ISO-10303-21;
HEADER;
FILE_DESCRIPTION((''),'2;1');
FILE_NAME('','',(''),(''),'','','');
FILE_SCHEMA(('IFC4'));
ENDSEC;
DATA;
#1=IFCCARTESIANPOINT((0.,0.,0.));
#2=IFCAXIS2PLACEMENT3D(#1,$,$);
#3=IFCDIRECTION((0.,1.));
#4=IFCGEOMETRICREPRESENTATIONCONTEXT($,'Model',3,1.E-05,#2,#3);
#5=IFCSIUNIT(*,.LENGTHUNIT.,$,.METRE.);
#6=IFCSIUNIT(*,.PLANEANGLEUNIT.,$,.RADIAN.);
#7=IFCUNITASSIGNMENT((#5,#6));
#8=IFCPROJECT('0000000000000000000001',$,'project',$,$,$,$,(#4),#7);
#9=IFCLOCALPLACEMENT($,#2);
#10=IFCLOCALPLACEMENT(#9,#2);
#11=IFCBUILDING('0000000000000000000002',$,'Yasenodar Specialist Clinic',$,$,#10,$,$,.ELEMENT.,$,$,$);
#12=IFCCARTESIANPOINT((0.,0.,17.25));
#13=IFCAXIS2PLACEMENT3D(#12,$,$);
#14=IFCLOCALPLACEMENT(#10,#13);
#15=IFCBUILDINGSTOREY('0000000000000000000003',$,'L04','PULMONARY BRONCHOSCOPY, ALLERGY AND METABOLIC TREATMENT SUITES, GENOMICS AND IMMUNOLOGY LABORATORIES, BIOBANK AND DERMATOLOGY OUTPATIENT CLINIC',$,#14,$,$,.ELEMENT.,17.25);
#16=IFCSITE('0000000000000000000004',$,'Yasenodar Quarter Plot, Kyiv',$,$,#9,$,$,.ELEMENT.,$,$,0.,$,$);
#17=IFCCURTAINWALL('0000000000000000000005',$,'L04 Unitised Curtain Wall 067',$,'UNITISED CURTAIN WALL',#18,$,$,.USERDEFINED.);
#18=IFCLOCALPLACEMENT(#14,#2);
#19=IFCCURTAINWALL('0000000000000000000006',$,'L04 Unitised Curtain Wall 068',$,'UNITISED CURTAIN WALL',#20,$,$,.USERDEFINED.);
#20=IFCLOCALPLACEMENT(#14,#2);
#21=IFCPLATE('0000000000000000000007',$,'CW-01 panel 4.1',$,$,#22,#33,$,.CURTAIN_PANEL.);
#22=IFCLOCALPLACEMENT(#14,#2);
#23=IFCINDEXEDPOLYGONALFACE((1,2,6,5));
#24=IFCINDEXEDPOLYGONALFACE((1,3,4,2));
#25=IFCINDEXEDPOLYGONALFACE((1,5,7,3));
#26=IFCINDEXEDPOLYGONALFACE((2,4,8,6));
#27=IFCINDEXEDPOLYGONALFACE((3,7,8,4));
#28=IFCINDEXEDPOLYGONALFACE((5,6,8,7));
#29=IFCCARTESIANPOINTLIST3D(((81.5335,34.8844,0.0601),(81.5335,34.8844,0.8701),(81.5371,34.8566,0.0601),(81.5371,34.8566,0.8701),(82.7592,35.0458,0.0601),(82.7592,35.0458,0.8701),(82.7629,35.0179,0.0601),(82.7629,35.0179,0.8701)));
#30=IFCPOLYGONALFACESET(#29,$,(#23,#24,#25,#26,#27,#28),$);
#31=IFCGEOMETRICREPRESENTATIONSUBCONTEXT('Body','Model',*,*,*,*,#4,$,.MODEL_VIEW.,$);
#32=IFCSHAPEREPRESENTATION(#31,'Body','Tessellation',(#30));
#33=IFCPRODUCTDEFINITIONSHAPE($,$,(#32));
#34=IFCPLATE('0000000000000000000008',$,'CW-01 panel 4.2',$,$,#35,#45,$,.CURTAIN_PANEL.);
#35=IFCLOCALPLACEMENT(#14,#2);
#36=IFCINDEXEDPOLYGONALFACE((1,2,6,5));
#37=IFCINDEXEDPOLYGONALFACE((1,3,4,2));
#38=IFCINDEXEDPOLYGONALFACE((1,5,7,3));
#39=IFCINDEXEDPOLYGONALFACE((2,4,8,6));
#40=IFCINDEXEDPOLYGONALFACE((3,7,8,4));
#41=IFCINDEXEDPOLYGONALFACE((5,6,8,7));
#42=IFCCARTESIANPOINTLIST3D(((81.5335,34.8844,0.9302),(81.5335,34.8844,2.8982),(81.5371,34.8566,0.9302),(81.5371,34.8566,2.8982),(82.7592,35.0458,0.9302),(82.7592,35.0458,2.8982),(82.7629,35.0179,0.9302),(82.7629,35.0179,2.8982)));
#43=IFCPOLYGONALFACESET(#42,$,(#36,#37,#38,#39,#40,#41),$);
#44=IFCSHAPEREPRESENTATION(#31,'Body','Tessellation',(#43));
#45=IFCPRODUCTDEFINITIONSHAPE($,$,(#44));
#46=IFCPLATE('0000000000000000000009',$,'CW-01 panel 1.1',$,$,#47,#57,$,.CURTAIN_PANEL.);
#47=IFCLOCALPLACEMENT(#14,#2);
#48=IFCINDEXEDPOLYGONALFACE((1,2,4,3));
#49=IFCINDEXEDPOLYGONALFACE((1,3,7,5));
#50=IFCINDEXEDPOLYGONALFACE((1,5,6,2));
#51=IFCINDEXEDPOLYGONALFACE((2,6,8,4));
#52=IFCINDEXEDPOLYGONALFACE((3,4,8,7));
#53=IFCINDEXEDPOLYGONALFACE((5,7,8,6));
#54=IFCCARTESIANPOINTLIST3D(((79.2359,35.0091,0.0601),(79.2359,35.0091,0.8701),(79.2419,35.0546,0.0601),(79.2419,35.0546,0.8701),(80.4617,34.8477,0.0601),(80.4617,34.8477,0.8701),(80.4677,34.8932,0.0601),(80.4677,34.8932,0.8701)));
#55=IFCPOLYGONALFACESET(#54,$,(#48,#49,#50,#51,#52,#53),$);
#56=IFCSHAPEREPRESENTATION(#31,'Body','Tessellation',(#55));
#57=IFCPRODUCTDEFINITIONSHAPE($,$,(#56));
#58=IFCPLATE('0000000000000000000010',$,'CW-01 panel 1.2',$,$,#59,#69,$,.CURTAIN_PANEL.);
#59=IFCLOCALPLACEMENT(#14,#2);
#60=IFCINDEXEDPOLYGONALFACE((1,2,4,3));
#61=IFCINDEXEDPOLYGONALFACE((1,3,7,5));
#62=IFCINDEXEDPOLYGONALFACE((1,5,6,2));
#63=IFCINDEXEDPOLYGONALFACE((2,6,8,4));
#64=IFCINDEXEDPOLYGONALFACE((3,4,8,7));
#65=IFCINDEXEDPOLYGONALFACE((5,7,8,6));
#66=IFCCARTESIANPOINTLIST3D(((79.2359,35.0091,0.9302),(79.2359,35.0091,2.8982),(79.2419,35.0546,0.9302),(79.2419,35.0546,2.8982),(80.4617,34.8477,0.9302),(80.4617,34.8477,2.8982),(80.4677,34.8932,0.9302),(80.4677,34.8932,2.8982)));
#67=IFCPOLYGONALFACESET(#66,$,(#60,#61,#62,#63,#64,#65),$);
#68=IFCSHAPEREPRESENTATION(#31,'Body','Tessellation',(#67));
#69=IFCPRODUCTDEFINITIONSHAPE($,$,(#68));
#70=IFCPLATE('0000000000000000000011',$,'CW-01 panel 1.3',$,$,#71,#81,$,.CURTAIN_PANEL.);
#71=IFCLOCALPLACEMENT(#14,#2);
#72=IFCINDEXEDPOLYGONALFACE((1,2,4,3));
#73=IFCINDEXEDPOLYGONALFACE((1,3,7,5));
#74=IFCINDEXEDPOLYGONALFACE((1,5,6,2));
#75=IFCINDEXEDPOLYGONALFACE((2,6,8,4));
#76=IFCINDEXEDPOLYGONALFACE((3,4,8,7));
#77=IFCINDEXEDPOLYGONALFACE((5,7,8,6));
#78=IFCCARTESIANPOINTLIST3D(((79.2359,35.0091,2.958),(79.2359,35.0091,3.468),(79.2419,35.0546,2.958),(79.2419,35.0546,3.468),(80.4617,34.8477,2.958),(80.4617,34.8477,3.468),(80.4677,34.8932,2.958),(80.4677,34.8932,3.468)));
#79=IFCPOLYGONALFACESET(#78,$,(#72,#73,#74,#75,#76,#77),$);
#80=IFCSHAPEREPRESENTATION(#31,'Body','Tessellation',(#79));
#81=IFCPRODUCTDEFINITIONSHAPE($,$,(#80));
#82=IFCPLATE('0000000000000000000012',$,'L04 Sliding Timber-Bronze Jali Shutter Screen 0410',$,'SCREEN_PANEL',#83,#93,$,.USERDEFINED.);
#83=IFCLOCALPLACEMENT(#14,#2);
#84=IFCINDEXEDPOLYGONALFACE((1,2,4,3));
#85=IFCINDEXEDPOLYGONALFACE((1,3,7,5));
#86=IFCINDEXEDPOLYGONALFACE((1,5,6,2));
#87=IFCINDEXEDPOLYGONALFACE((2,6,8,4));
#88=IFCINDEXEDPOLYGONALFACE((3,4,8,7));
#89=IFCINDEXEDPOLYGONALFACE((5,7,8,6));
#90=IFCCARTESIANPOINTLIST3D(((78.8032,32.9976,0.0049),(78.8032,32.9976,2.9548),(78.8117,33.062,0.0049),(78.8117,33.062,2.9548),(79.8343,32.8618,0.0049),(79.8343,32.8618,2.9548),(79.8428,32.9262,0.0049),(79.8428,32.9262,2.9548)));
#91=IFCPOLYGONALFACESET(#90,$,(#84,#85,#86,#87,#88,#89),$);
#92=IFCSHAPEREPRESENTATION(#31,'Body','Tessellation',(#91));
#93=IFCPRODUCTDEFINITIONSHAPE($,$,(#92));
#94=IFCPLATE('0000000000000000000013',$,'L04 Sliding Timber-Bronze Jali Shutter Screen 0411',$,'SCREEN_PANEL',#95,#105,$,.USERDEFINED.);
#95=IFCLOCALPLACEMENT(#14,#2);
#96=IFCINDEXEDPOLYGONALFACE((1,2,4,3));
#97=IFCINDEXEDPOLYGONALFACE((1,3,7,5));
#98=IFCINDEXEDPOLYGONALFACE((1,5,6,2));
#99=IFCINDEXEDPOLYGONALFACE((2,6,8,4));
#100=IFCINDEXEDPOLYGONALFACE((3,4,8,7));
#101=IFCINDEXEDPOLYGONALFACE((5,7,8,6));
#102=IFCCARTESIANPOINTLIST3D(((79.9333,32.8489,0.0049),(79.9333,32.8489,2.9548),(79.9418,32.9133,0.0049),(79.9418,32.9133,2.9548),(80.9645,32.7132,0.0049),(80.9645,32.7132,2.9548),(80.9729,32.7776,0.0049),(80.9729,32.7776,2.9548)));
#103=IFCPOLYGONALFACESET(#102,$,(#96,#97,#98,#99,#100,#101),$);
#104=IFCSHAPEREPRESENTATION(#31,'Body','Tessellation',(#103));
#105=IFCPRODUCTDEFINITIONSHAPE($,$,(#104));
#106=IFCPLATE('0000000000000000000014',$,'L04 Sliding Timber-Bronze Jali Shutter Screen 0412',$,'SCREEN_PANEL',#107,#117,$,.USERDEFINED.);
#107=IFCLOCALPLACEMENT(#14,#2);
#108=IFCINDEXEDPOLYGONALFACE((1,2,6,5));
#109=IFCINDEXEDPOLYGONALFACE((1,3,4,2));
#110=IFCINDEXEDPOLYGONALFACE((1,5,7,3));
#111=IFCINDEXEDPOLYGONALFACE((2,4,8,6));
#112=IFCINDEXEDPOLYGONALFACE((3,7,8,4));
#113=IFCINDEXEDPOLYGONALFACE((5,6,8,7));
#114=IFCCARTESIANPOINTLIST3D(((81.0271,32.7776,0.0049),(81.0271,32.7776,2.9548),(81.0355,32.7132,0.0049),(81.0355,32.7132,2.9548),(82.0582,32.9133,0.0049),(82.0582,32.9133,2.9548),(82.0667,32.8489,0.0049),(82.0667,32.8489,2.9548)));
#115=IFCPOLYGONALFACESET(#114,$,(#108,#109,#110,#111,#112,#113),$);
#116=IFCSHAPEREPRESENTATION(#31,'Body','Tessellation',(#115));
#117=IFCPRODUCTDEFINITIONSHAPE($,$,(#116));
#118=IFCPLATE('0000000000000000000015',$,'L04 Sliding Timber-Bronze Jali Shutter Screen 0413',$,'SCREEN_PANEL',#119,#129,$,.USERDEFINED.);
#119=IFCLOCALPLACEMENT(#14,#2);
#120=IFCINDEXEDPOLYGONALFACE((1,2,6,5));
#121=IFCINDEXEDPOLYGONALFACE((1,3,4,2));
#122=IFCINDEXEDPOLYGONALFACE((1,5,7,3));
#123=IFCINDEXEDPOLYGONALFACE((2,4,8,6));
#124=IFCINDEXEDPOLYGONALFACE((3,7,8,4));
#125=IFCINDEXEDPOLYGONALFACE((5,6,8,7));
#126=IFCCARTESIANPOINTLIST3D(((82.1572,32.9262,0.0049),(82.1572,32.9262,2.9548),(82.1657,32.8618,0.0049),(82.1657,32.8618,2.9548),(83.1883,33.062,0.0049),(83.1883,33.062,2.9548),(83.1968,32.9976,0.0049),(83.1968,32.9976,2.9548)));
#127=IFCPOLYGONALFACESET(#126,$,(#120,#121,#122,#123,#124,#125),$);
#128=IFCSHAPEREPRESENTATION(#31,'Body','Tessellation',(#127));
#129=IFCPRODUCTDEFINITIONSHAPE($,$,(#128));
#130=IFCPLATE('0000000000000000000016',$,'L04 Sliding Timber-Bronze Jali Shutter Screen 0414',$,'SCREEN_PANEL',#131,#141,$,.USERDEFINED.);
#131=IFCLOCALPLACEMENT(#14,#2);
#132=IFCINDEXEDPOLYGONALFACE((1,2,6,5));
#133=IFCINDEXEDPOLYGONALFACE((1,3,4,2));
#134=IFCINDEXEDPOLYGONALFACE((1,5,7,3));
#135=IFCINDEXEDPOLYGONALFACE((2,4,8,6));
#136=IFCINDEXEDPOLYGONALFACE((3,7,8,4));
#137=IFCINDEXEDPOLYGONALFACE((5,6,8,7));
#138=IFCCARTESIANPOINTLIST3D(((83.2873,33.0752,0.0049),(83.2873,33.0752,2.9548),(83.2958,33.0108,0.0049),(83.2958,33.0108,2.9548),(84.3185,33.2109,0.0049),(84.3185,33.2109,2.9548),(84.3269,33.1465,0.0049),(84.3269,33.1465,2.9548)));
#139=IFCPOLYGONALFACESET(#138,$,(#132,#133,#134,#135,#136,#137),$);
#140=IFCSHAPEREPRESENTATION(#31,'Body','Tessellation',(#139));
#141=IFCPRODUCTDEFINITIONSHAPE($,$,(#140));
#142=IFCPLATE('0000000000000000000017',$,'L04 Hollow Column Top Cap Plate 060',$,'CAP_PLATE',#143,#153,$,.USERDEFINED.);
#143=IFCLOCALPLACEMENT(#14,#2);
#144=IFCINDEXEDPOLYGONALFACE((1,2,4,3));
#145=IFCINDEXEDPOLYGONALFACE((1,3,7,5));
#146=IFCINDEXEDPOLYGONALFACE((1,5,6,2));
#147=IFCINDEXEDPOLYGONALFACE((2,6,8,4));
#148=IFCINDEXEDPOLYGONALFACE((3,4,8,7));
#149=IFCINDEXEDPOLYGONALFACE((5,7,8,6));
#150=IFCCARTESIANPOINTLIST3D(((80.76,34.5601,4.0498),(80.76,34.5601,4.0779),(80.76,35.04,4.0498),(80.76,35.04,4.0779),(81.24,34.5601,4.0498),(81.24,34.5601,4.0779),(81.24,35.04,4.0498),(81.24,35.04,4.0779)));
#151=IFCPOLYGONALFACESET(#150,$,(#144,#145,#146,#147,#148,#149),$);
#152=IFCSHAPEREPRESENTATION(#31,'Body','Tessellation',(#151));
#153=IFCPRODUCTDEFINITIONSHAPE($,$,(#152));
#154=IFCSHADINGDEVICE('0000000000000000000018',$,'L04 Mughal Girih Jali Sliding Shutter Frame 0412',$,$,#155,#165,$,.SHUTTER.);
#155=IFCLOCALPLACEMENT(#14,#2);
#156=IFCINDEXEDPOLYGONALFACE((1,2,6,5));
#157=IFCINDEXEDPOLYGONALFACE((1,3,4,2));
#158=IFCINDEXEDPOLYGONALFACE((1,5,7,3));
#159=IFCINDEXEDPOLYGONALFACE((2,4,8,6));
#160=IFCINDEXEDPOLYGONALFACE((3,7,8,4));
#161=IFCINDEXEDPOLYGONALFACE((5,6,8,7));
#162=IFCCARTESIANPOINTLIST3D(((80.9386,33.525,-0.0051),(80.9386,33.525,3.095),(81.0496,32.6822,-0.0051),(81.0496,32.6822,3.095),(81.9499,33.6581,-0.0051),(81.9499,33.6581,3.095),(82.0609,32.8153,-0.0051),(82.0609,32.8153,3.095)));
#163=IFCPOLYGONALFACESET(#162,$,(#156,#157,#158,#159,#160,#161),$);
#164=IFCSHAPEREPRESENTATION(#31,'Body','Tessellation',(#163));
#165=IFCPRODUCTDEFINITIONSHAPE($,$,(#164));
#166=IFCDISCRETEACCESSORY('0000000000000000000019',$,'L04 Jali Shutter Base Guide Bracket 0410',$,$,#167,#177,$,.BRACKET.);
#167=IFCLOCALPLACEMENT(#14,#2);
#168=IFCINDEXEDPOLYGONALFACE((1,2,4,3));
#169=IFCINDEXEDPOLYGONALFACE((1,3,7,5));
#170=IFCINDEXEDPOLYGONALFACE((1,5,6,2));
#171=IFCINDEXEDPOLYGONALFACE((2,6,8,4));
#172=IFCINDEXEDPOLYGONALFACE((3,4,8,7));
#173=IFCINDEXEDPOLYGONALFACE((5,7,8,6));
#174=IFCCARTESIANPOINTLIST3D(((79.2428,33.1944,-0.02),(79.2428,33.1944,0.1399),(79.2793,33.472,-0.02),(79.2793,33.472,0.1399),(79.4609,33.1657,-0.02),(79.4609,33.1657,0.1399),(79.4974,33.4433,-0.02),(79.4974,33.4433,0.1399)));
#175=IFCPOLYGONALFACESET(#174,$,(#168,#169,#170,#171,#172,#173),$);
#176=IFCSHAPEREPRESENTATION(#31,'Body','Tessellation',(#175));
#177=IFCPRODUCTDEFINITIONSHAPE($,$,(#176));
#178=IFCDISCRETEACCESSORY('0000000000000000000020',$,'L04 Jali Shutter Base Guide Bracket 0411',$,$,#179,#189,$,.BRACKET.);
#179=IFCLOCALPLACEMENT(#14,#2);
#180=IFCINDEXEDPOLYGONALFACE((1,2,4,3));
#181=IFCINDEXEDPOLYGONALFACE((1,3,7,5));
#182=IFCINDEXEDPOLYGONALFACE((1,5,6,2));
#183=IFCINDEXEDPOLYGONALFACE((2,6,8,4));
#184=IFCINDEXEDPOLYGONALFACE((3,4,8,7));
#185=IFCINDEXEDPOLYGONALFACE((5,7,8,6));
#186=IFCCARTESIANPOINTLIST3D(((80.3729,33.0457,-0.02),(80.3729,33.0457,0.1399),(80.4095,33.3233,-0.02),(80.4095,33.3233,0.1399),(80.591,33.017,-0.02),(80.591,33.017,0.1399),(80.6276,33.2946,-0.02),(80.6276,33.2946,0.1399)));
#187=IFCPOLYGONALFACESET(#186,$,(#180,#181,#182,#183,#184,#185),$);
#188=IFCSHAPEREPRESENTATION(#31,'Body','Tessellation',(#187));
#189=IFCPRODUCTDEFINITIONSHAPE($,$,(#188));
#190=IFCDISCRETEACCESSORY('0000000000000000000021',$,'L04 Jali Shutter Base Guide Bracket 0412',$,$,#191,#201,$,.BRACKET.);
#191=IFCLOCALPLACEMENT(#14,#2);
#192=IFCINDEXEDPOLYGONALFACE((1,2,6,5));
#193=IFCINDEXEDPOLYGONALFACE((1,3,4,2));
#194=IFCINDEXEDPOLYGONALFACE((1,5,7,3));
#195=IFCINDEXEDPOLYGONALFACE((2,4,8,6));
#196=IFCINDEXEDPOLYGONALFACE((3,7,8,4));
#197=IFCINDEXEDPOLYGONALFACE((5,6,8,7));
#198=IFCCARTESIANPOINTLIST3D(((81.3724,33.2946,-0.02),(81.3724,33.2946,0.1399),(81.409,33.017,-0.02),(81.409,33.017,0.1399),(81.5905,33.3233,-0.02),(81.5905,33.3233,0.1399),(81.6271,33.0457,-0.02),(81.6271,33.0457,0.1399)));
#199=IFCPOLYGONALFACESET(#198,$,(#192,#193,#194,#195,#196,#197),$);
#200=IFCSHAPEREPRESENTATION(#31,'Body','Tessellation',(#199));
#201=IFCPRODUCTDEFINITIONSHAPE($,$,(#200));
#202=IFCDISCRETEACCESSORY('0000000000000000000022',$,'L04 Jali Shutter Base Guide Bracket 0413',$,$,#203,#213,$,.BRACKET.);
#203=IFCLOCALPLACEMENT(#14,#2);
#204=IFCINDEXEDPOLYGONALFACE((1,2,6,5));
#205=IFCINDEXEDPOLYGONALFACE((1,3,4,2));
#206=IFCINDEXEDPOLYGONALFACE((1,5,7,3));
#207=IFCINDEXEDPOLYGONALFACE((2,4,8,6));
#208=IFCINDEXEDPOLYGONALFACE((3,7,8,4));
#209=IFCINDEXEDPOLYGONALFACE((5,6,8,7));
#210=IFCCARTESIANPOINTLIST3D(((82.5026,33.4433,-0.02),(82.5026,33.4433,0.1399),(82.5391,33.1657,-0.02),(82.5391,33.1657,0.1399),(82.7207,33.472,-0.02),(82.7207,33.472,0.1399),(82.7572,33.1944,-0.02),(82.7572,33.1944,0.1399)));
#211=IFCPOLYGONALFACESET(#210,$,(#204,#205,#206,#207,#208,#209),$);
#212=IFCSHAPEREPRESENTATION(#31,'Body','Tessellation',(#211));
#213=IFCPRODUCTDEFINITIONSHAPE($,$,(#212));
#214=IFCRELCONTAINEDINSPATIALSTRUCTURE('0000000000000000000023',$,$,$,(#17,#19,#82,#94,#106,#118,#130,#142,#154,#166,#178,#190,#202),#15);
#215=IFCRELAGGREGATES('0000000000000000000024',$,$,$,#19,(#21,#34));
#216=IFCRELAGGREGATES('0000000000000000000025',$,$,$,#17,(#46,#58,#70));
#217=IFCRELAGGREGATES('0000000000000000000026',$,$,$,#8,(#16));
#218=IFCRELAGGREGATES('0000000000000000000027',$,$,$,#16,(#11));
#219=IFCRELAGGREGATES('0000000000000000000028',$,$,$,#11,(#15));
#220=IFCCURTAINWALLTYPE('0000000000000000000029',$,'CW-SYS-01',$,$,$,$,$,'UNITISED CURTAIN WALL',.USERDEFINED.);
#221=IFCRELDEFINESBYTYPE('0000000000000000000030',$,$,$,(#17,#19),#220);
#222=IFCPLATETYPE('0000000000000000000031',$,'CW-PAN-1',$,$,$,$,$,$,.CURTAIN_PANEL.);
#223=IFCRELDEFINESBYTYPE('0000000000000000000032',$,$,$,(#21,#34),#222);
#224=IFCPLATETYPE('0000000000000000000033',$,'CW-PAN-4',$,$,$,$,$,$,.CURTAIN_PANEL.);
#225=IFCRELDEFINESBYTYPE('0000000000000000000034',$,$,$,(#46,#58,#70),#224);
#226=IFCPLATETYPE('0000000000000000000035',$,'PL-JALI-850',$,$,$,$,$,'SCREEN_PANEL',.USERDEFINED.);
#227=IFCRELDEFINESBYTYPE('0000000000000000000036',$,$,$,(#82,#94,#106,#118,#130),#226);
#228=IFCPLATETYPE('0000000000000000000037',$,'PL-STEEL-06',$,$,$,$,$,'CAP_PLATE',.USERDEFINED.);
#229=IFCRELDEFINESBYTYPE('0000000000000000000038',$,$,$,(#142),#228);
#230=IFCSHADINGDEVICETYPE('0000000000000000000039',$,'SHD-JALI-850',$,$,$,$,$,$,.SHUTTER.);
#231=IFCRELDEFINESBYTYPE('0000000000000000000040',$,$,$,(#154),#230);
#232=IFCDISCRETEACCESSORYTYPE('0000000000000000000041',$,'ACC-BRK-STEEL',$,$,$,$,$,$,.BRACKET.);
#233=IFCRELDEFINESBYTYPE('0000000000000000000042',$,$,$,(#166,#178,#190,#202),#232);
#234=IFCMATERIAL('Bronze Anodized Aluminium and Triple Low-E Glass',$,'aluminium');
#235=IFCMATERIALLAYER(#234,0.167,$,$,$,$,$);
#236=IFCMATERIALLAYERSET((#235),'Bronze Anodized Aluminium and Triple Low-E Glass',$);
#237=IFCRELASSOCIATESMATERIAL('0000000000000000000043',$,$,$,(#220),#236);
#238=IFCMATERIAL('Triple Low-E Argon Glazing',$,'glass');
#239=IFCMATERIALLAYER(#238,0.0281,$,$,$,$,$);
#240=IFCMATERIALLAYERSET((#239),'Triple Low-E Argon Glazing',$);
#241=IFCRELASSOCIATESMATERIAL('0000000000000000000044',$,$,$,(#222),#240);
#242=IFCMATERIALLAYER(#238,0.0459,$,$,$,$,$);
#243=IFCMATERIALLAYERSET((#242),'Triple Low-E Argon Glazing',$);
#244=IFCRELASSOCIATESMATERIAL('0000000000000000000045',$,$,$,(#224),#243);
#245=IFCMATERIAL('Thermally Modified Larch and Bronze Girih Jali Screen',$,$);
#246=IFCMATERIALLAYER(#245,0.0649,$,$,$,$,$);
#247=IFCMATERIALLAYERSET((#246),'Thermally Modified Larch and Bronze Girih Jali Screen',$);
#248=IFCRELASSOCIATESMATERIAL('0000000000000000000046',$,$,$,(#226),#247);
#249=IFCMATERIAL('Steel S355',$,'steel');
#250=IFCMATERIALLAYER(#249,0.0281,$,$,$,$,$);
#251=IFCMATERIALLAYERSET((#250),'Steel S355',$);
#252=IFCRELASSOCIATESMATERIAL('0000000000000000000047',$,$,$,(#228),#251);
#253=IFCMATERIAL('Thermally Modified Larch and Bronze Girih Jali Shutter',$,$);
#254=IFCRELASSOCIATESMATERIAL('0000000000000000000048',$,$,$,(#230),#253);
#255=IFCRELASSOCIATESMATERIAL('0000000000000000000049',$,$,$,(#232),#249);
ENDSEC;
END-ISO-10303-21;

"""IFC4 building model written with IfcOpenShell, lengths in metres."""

from ifc_helpers import new_model, si_unit, direction, frame, origin, origin_2d, place, context, subcontext, project, spatial, rectangle, extrude, material, layer, layer_set, type_object, element, aggregate, save


model = new_model("IFC4")

# Units and contexts
model_context = context("Model", 3, precision=1e-05, world=origin(), true_north=direction((0.0, 1.0)))
body_context = subcontext(model_context, "Body", "Model", "MODEL_VIEW")
ifc_project = project(units=[si_unit("LENGTHUNIT", "METRE"), si_unit("PLANEANGLEUNIT", "RADIAN")], contexts=[model_context])

# Site, building, storey
site_placement = place(None, origin())
site = spatial("IfcSite", under=ifc_project, at=site_placement, Name="Yasenodar Quarter Plot, Kyiv", CompositionType="ELEMENT", RefElevation=0.0)
building_placement = place(site_placement, origin())
building = spatial("IfcBuilding", under=site, at=building_placement, Name="Yasenodar Specialist Clinic", CompositionType="ELEMENT")
storey_placement = place(building_placement, frame((0.0, 0.0, 17.25)))
storey = spatial("IfcBuildingStorey", under=building, at=storey_placement, Name="L04", Description="PULMONARY BRONCHOSCOPY, ALLERGY AND METABOLIC TREATMENT SUITES, GENOMICS AND IMMUNOLOGY LABORATORIES, BIOBANK AND DERMATOLOGY OUTPATIENT CLINIC", CompositionType="ELEMENT", Elevation=17.25)

# Shared definitions
ifc_material_1 = material(Name="Steel S355", Category="steel")

# Curtain walls
ifc_material_2 = material(Name="Bronze Anodized Aluminium and Triple Low-E Glass", Category="aluminium")
ifc_layer_1 = layer(ifc_material_2, 0.167)
ifc_layer_set_1 = layer_set([ifc_layer_1], Name="Bronze Anodized Aluminium and Triple Low-E Glass")
curtain_wall_type = type_object("IfcCurtainWallType", Name="CW-SYS-01", ElementType="UNITISED CURTAIN WALL", PredefinedType="USERDEFINED", material=ifc_layer_set_1)
curtain_wall_1_placement = place(storey_placement, origin())
curtain_wall_1 = element("IfcCurtainWall", 1, at=curtain_wall_1_placement, inside=storey, type_object=curtain_wall_type, Name="L04 Unitised Curtain Wall 067", ObjectType="UNITISED CURTAIN WALL", PredefinedType="USERDEFINED")
curtain_wall_2_placement = place(storey_placement, origin())
curtain_wall_2 = element("IfcCurtainWall", 2, at=curtain_wall_2_placement, inside=storey, type_object=curtain_wall_type, Name="L04 Unitised Curtain Wall 068", ObjectType="UNITISED CURTAIN WALL", PredefinedType="USERDEFINED")

# Plates
ifc_material_3 = material(Name="Triple Low-E Argon Glazing", Category="glass")
ifc_layer_2 = layer(ifc_material_3, 0.0281)
ifc_layer_set_2 = layer_set([ifc_layer_2], Name="Triple Low-E Argon Glazing")
plate_type_1 = type_object("IfcPlateType", Name="CW-PAN-1", PredefinedType="CURTAIN_PANEL", material=ifc_layer_set_2)
plate_1_placement = place(storey_placement, frame((82.1482, 34.9512, 0.0601), z_axis=(0.0, 0.0, 1.0), x_axis=(-0.991447, -0.130512, 0.0)))
plate_1 = element("IfcPlate", 3, at=plate_1_placement, type_object=plate_type_1, Name="CW-01 panel 4.1", PredefinedType="CURTAIN_PANEL", context=body_context, shape_type="SweptSolid", body=[
    extrude(rectangle(XDim=1.2363, YDim=0.0281, at=origin_2d()), origin(), (0.0, 0.0, 1.0), 0.8101),
])
plate_2_placement = place(storey_placement, frame((82.1482, 34.9512, 0.9302), z_axis=(0.0, 0.0, 1.0), x_axis=(-0.991447, -0.130512, 0.0)))
plate_2 = element("IfcPlate", 4, at=plate_2_placement, type_object=plate_type_1, Name="CW-01 panel 4.2", PredefinedType="CURTAIN_PANEL", context=body_context, shape_type="SweptSolid", body=[
    extrude(rectangle(XDim=1.2363, YDim=0.0281, at=origin_2d()), origin(), (0.0, 0.0, 1.0), 1.968),
])
aggregate(curtain_wall_2, [plate_1, plate_2])
ifc_layer_3 = layer(ifc_material_3, 0.0459)
ifc_layer_set_3 = layer_set([ifc_layer_3], Name="Triple Low-E Argon Glazing")
plate_type_2 = type_object("IfcPlateType", Name="CW-PAN-4", PredefinedType="CURTAIN_PANEL", material=ifc_layer_set_3)
plate_3_placement = place(storey_placement, frame((79.8518, 34.9512, 0.0601), z_axis=(0.0, 0.0, 1.0), x_axis=(-0.991447, 0.130512, 0.0)))
plate_3 = element("IfcPlate", 5, at=plate_3_placement, type_object=plate_type_2, Name="CW-01 panel 1.1", PredefinedType="CURTAIN_PANEL", context=body_context, shape_type="SweptSolid", body=[
    extrude(rectangle(XDim=1.2363, YDim=0.0459, at=origin_2d()), origin(), (0.0, 0.0, 1.0), 0.8101),
])
plate_4_placement = place(storey_placement, frame((79.8518, 34.9512, 0.9302), z_axis=(0.0, 0.0, 1.0), x_axis=(-0.991447, 0.130512, 0.0)))
plate_4 = element("IfcPlate", 6, at=plate_4_placement, type_object=plate_type_2, Name="CW-01 panel 1.2", PredefinedType="CURTAIN_PANEL", context=body_context, shape_type="SweptSolid", body=[
    extrude(rectangle(XDim=1.2363, YDim=0.0459, at=origin_2d()), origin(), (0.0, 0.0, 1.0), 1.968),
])
plate_5_placement = place(storey_placement, frame((79.8518, 34.9512, 2.958), z_axis=(0.0, 0.0, 1.0), x_axis=(-0.991447, 0.130512, 0.0)))
plate_5 = element("IfcPlate", 7, at=plate_5_placement, type_object=plate_type_2, Name="CW-01 panel 1.3", PredefinedType="CURTAIN_PANEL", context=body_context, shape_type="SweptSolid", body=[
    extrude(rectangle(XDim=1.2363, YDim=0.0459, at=origin_2d()), origin(), (0.0, 0.0, 1.0), 0.51),
])
aggregate(curtain_wall_1, [plate_3, plate_4, plate_5])

# Plates
ifc_material_4 = material(Name="Thermally Modified Larch and Bronze Girih Jali Screen")
ifc_layer_4 = layer(ifc_material_4, 0.0649)
ifc_layer_set_4 = layer_set([ifc_layer_4], Name="Thermally Modified Larch and Bronze Girih Jali Screen")
plate_type_3 = type_object("IfcPlateType", Name="PL-JALI-850", ElementType="SCREEN_PANEL", PredefinedType="USERDEFINED", material=ifc_layer_set_4)
for number, where, z_axis, x_axis, name in (
    (8, (79.323, 32.9619, 0.0049), (0.0, 0.0, 1.0), (0.991446, -0.130519, 0.0), "L04 Sliding Timber-Bronze Jali Shutter Screen 0410"),
    (9, (80.4531, 32.8132, 0.0049), (0.0, 0.0, 1.0), (0.991446, -0.130519, 0.0), "L04 Sliding Timber-Bronze Jali Shutter Screen 0411"),
    (10, (81.5469, 32.8132, 0.0049), (0.0, 0.0, 1.0), (0.991446, 0.130519, 0.0), "L04 Sliding Timber-Bronze Jali Shutter Screen 0412"),
    (11, (82.677, 32.9619, 0.0049), (0.0, 0.0, 1.0), (0.991446, 0.130519, 0.0), "L04 Sliding Timber-Bronze Jali Shutter Screen 0413"),
    (12, (83.8071, 33.1108, 0.0049), (0.0, 0.0, 1.0), (0.991446, 0.130519, 0.0), "L04 Sliding Timber-Bronze Jali Shutter Screen 0414"),
):
    element("IfcPlate", number, at=place(storey_placement, frame(where, z_axis=z_axis, x_axis=x_axis)), inside=storey, type_object=plate_type_3, Name=name, ObjectType="SCREEN_PANEL", PredefinedType="USERDEFINED", context=body_context, shape_type="SweptSolid", body=[
        extrude(rectangle(XDim=1.04, YDim=0.0649, at=origin_2d()), origin(), (0.0, 0.0, 1.0), 2.95),
    ])
ifc_layer_5 = layer(ifc_material_1, 0.0281)
ifc_layer_set_5 = layer_set([ifc_layer_5], Name="Steel S355")
plate_type_4 = type_object("IfcPlateType", Name="PL-STEEL-06", ElementType="CAP_PLATE", PredefinedType="USERDEFINED", material=ifc_layer_set_5)
plate_6_placement = place(storey_placement, frame((81.0, 34.8, 4.0498), z_axis=(0.0, 0.0, 1.0), x_axis=(1.0, 0.0, 0.0)))
element("IfcPlate", 13, at=plate_6_placement, inside=storey, type_object=plate_type_4, Name="L04 Hollow Column Top Cap Plate 060", ObjectType="CAP_PLATE", PredefinedType="USERDEFINED", context=body_context, shape_type="SweptSolid", body=[
    extrude(rectangle(XDim=0.48, YDim=0.48, at=origin_2d()), origin(), (0.0, 0.0, 1.0), 0.0281),
])

# Shading device
ifc_material_5 = material(Name="Thermally Modified Larch and Bronze Girih Jali Shutter")
shading_device_type = type_object("IfcShadingDeviceType", Name="SHD-JALI-850", PredefinedType="SHUTTER", material=ifc_material_5)
shading_device_placement = place(storey_placement, frame((81.4998, 33.1702, -0.0051), z_axis=(0.0, 0.0, 1.0), x_axis=(0.991446, 0.130519, 0.0)))
element("IfcShadingDevice", 14, at=shading_device_placement, inside=storey, type_object=shading_device_type, Name="L04 Mughal Girih Jali Sliding Shutter Frame 0412", PredefinedType="SHUTTER", context=body_context, shape_type="SweptSolid", body=[
    extrude(rectangle(XDim=1.02, YDim=0.8501, at=origin_2d()), origin(), (0.0, 0.0, 1.0), 3.1001),
])

# Discrete accessories
discrete_accessory_type = type_object("IfcDiscreteAccessoryType", Name="ACC-BRK-STEEL", PredefinedType="BRACKET", material=ifc_material_1)
for number, where, z_axis, x_axis, name in (
    (15, (79.3701, 33.3188, -0.02), (0.0, 0.0, 1.0), (0.991446, -0.130519, 0.0), "L04 Jali Shutter Base Guide Bracket 0410"),
    (16, (80.5002, 33.1702, -0.02), (0.0, 0.0, 1.0), (0.991446, -0.130519, 0.0), "L04 Jali Shutter Base Guide Bracket 0411"),
    (17, (81.4998, 33.1702, -0.02), (0.0, 0.0, 1.0), (0.991446, 0.130519, 0.0), "L04 Jali Shutter Base Guide Bracket 0412"),
    (18, (82.6299, 33.3188, -0.02), (0.0, 0.0, 1.0), (0.991446, 0.130519, 0.0), "L04 Jali Shutter Base Guide Bracket 0413"),
):
    element("IfcDiscreteAccessory", number, at=place(storey_placement, frame(where, z_axis=z_axis, x_axis=x_axis)), inside=storey, type_object=discrete_accessory_type, Name=name, PredefinedType="BRACKET", context=body_context, shape_type="SweptSolid", body=[
        extrude(rectangle(XDim=0.22, YDim=0.28, at=origin_2d()), origin(), (0.0, 0.0, 1.0), 0.1599),
    ])

save(model, "model.ifc")
